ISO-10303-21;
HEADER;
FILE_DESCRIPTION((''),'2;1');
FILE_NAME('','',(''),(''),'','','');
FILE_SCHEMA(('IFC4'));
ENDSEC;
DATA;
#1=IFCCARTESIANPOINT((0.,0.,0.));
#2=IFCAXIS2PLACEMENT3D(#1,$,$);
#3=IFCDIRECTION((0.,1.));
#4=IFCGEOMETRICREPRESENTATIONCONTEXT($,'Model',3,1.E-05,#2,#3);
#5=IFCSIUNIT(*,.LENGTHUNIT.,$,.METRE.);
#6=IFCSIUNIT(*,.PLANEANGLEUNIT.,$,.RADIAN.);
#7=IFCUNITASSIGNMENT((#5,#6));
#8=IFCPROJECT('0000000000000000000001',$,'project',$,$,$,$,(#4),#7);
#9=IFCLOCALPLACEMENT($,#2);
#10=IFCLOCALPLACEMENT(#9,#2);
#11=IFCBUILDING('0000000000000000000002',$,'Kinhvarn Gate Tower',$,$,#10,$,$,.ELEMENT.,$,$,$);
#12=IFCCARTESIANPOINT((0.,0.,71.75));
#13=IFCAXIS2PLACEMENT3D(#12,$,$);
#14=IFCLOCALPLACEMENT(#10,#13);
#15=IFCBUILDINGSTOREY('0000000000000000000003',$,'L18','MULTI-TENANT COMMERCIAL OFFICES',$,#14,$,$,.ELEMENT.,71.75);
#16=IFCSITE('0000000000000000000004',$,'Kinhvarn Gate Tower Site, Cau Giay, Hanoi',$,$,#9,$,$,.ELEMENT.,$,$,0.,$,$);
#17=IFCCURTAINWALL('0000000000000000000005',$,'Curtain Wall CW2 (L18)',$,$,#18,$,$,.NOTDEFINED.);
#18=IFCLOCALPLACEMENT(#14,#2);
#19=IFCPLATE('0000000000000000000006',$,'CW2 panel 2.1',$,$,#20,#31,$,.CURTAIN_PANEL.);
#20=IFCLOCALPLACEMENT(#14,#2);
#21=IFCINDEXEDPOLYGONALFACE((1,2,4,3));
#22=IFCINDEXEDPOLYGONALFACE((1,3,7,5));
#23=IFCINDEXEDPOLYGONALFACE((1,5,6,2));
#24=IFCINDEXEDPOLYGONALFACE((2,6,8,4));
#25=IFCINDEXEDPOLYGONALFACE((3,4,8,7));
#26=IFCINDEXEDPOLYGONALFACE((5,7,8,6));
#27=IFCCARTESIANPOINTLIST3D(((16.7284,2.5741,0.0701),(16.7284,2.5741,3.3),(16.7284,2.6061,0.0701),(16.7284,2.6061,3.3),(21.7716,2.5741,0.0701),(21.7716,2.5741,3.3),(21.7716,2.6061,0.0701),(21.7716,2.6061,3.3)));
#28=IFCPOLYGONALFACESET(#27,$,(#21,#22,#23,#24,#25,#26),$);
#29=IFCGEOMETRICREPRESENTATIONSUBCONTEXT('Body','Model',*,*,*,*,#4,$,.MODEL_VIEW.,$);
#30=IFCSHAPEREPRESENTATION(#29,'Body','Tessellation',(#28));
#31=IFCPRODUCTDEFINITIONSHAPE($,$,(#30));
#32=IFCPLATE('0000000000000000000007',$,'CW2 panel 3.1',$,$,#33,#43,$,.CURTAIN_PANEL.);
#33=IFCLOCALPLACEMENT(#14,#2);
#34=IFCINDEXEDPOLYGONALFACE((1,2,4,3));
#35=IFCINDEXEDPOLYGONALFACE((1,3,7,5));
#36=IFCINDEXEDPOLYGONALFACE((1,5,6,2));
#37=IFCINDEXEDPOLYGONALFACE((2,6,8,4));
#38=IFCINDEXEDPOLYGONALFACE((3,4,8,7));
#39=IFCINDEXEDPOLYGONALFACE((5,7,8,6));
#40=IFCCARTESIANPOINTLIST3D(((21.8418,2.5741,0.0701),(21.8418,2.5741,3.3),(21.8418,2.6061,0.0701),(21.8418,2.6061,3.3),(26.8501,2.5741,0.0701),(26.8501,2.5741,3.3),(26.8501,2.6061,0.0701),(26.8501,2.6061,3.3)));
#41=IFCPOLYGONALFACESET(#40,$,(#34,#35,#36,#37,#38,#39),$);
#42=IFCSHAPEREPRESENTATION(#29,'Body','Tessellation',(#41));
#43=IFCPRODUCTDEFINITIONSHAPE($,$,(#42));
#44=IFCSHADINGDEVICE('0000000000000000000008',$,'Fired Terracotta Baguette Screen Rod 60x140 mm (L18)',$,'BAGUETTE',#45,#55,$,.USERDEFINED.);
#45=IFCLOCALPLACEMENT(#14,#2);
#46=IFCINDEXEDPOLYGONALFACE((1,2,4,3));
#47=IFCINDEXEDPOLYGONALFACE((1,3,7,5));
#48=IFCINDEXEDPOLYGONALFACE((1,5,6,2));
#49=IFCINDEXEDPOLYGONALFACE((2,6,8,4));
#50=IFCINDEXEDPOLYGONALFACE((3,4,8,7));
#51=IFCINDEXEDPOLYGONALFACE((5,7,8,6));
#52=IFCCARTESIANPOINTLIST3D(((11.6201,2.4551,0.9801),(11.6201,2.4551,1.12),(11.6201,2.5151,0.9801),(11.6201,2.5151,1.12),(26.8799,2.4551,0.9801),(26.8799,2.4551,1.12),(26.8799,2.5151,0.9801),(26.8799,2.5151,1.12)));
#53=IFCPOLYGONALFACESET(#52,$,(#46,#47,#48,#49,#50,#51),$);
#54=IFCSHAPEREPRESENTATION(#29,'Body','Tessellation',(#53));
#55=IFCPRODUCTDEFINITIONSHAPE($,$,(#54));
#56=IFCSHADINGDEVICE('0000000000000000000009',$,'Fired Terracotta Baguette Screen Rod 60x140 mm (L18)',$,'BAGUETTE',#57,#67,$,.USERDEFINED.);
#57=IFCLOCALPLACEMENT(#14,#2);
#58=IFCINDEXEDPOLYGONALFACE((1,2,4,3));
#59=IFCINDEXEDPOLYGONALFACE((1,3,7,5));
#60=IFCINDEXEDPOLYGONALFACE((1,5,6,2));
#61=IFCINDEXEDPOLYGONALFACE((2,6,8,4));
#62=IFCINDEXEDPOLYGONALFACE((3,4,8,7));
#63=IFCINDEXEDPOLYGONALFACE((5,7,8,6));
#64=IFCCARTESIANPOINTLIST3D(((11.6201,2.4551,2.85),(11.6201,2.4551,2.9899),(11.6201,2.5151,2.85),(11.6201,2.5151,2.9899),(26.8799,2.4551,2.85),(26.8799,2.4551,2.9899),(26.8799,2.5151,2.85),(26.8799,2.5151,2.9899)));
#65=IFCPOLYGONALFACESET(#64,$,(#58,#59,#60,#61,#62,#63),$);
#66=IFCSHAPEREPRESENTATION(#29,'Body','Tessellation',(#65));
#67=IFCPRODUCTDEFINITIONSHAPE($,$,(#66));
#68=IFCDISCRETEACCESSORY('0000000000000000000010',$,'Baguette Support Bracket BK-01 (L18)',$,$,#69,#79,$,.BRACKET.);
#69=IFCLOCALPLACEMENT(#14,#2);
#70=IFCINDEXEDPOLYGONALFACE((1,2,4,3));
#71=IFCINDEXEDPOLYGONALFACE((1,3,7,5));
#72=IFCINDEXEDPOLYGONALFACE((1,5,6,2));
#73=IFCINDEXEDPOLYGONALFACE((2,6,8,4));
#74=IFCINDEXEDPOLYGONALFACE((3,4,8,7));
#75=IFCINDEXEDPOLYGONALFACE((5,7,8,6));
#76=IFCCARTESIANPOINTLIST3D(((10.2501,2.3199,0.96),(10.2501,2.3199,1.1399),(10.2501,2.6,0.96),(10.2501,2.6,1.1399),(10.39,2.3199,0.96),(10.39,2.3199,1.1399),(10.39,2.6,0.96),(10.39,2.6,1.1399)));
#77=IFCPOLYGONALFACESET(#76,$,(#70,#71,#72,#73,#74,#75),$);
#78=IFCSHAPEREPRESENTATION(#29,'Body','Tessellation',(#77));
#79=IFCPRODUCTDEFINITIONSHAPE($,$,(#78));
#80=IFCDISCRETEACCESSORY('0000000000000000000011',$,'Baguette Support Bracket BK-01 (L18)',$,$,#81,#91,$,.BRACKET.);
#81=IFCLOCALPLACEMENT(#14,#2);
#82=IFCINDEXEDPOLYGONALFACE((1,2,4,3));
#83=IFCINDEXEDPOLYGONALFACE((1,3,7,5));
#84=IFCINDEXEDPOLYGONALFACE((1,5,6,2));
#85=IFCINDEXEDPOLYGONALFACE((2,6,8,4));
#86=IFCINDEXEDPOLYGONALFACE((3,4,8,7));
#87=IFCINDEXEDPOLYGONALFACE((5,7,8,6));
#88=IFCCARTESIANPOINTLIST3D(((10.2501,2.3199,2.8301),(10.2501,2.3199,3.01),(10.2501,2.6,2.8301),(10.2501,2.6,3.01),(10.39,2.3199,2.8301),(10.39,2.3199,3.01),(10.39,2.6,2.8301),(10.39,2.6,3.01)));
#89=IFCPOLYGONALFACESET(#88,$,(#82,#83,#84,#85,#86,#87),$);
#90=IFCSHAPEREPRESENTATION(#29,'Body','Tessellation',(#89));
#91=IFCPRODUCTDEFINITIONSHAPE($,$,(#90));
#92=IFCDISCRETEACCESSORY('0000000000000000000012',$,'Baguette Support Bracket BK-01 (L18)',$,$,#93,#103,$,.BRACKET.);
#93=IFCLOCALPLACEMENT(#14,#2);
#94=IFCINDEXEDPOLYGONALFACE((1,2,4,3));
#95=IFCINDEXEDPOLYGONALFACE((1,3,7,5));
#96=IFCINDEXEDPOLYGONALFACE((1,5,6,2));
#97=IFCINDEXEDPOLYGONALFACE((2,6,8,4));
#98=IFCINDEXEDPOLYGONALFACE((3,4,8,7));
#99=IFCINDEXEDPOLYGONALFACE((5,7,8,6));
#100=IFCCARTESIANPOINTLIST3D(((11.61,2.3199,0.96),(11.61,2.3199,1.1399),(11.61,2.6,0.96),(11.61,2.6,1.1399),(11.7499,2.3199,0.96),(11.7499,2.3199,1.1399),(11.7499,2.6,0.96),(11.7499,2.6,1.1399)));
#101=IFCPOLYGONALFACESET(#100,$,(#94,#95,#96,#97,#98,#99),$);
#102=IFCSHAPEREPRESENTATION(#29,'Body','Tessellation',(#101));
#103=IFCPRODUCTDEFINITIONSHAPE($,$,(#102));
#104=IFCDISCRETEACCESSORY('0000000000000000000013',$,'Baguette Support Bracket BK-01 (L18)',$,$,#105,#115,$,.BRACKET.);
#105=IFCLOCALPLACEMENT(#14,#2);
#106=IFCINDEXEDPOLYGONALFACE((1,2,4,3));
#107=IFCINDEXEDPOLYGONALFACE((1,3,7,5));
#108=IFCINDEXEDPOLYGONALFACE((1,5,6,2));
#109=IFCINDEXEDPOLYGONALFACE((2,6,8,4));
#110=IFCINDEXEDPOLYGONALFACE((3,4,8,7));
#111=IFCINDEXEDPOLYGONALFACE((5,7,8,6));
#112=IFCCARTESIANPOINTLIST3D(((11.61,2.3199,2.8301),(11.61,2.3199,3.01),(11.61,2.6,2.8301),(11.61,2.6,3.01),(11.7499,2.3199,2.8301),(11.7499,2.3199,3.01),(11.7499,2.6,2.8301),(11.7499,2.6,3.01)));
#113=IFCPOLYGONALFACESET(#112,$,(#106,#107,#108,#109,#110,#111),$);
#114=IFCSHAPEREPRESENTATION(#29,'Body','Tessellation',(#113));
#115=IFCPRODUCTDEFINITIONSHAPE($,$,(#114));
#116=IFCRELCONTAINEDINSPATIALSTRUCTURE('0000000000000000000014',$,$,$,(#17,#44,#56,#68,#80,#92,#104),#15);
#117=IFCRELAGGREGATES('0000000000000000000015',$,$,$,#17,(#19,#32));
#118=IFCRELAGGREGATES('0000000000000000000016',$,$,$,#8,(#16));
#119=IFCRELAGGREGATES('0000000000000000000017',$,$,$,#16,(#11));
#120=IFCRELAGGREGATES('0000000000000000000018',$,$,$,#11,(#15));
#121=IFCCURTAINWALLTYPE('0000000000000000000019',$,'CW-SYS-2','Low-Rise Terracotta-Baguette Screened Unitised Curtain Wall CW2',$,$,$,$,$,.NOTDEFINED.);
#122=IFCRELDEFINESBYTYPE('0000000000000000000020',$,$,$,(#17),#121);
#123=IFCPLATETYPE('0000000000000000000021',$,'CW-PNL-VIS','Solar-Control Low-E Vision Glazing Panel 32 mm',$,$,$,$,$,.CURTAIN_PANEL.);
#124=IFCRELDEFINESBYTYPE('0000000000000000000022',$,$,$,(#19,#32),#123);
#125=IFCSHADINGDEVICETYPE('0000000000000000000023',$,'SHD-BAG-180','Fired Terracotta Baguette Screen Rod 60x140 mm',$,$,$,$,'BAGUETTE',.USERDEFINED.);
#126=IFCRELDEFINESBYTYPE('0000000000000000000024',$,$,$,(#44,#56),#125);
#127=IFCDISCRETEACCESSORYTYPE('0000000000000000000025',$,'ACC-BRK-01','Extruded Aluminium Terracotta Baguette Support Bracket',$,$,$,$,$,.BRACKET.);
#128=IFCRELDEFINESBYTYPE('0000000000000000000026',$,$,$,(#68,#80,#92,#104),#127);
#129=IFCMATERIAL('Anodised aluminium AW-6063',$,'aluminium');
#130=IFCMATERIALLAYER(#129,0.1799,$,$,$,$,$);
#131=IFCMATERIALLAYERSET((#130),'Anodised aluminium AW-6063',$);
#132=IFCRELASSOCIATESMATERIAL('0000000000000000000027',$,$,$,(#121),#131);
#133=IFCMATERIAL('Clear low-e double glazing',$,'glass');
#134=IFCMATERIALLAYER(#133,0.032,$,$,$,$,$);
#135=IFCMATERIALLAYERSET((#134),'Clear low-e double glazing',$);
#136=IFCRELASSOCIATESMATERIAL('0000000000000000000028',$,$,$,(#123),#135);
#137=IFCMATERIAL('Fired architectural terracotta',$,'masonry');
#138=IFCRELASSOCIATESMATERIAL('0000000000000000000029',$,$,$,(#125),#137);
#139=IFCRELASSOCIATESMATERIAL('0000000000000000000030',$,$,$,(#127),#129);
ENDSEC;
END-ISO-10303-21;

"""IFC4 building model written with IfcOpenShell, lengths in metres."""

from ifc_helpers import new_model, si_unit, direction, frame, origin, origin_2d, place, context, subcontext, project, spatial, rectangle, extrude, material, layer, layer_set, material_profile, profile_set, type_object, element, aggregate, save


model = new_model("IFC4")

# Units and contexts
model_context = context("Model", 3, precision=1e-05, world=origin(), true_north=direction((0.0, 1.0)))
body_context = subcontext(model_context, "Body", "Model", "MODEL_VIEW")
ifc_project = project(units=[si_unit("LENGTHUNIT", "METRE"), si_unit("PLANEANGLEUNIT", "RADIAN")], contexts=[model_context])

# Site, building, storey
site_placement = place(None, origin())
site = spatial("IfcSite", under=ifc_project, at=site_placement, Name="Kinhvarn Gate Tower Site, Cau Giay, Hanoi", CompositionType="ELEMENT", RefElevation=0.0)
building_placement = place(site_placement, origin())
building = spatial("IfcBuilding", under=site, at=building_placement, Name="Kinhvarn Gate Tower", CompositionType="ELEMENT")
storey_placement = place(building_placement, frame((0.0, 0.0, 71.75)))
storey = spatial("IfcBuildingStorey", under=building, at=storey_placement, Name="L18", Description="MULTI-TENANT COMMERCIAL OFFICES", CompositionType="ELEMENT", Elevation=71.75)

# Shared definitions
ifc_material_1 = material(Name="Anodised aluminium AW-6063", Category="aluminium")
ifc_layer_1 = layer(ifc_material_1, 0.1799)
ifc_layer_set_1 = layer_set([ifc_layer_1], Name="Anodised aluminium AW-6063")
curtain_wall_type = type_object("IfcCurtainWallType", Name="CW-SYS-2", Description="Low-Rise Terracotta-Baguette Screened Unitised Curtain Wall CW2", PredefinedType="NOTDEFINED", material=ifc_layer_set_1)

# Curtain wall
curtain_wall_1_placement = place(storey_placement, origin())
curtain_wall_1 = element("IfcCurtainWall", 1, at=curtain_wall_1_placement, inside=storey, type_object=curtain_wall_type, Name="Curtain Wall CW2 (L18)", PredefinedType="NOTDEFINED")

# Plates
ifc_material_2 = material(Name="Clear low-e double glazing", Category="glass")
ifc_layer_2 = layer(ifc_material_2, 0.032)
ifc_layer_set_2 = layer_set([ifc_layer_2], Name="Clear low-e double glazing")
plate_type = type_object("IfcPlateType", Name="CW-PNL-VIS", Description="Solar-Control Low-E Vision Glazing Panel 32 mm", PredefinedType="CURTAIN_PANEL", material=ifc_layer_set_2)
plate_1_placement = place(storey_placement, frame((19.25, 2.5901, 0.0701), z_axis=(0.0, 0.0, 1.0), x_axis=(1.0, 0.0, 0.0)))
plate_1 = element("IfcPlate", 2, at=plate_1_placement, type_object=plate_type, Name="CW2 panel 2.1", PredefinedType="CURTAIN_PANEL", context=body_context, shape_type="SweptSolid", body=[
    extrude(rectangle(XDim=5.0432, YDim=0.032, at=origin_2d()), origin(), (0.0, 0.0, 1.0), 3.23),
])
plate_2_placement = place(storey_placement, frame((24.3459, 2.5901, 0.0701), z_axis=(0.0, 0.0, 1.0), x_axis=(1.0, 0.0, 0.0)))
plate_2 = element("IfcPlate", 3, at=plate_2_placement, type_object=plate_type, Name="CW2 panel 3.1", PredefinedType="CURTAIN_PANEL", context=body_context, shape_type="SweptSolid", body=[
    extrude(rectangle(XDim=5.0083, YDim=0.032, at=origin_2d()), origin(), (0.0, 0.0, 1.0), 3.23),
])
aggregate(curtain_wall_1, [plate_1, plate_2])

# Shading devices
ifc_material_3 = material(Name="Fired architectural terracotta", Category="masonry")
ifc_material_profile_1 = material_profile(ifc_material_3, rectangle(XDim=0.0601, YDim=0.1399, at=origin_2d()), Name="TC 60x140")
ifc_profile_set_1 = profile_set([ifc_material_profile_1], Name="Fired architectural terracotta")
shading_device_type = type_object("IfcShadingDeviceType", Name="SHD-BAG-180", Description="Fired Terracotta Baguette Screen Rod 60x140 mm", ElementType="BAGUETTE", PredefinedType="USERDEFINED", material=ifc_profile_set_1)
for number, where, z_axis, x_axis, name in (
    (4, (11.6201, 2.4851, 1.05), (1.0, 0.0, 0.0), (0.0, 1.0, 0.0), "Fired Terracotta Baguette Screen Rod 60x140 mm (L18)"),
    (5, (11.6201, 2.4851, 2.9199), (1.0, 0.0, 0.0), (0.0, 1.0, 0.0), "Fired Terracotta Baguette Screen Rod 60x140 mm (L18)"),
):
    element("IfcShadingDevice", number, at=place(storey_placement, frame(where, z_axis=z_axis, x_axis=x_axis)), inside=storey, type_object=shading_device_type, Name=name, ObjectType="BAGUETTE", PredefinedType="USERDEFINED", context=body_context, shape_type="SweptSolid", body=[
        extrude(rectangle(XDim=0.0601, YDim=0.1399, at=origin_2d()), origin(), (0.0, 0.0, 1.0), 15.2598),
    ])

# Discrete accessories
discrete_accessory_type = type_object("IfcDiscreteAccessoryType", Name="ACC-BRK-01", Description="Extruded Aluminium Terracotta Baguette Support Bracket", PredefinedType="BRACKET", material=ifc_material_1)
for number, where, z_axis, x_axis, name in (
    (6, (10.3201, 2.46, 0.96), (0.0, 0.0, 1.0), (1.0, 0.0, 0.0), "Baguette Support Bracket BK-01 (L18)"),
    (7, (10.3201, 2.46, 2.8301), (0.0, 0.0, 1.0), (1.0, 0.0, 0.0), "Baguette Support Bracket BK-01 (L18)"),
    (8, (11.6799, 2.46, 0.96), (0.0, 0.0, 1.0), (1.0, 0.0, 0.0), "Baguette Support Bracket BK-01 (L18)"),
    (9, (11.6799, 2.46, 2.8301), (0.0, 0.0, 1.0), (1.0, 0.0, 0.0), "Baguette Support Bracket BK-01 (L18)"),
):
    element("IfcDiscreteAccessory", number, at=place(storey_placement, frame(where, z_axis=z_axis, x_axis=x_axis)), inside=storey, type_object=discrete_accessory_type, Name=name, PredefinedType="BRACKET", context=body_context, shape_type="SweptSolid", body=[
        extrude(rectangle(XDim=0.1399, YDim=0.28, at=origin_2d()), origin(), (0.0, 0.0, 1.0), 0.1799),
    ])

save(model, "model.ifc")
